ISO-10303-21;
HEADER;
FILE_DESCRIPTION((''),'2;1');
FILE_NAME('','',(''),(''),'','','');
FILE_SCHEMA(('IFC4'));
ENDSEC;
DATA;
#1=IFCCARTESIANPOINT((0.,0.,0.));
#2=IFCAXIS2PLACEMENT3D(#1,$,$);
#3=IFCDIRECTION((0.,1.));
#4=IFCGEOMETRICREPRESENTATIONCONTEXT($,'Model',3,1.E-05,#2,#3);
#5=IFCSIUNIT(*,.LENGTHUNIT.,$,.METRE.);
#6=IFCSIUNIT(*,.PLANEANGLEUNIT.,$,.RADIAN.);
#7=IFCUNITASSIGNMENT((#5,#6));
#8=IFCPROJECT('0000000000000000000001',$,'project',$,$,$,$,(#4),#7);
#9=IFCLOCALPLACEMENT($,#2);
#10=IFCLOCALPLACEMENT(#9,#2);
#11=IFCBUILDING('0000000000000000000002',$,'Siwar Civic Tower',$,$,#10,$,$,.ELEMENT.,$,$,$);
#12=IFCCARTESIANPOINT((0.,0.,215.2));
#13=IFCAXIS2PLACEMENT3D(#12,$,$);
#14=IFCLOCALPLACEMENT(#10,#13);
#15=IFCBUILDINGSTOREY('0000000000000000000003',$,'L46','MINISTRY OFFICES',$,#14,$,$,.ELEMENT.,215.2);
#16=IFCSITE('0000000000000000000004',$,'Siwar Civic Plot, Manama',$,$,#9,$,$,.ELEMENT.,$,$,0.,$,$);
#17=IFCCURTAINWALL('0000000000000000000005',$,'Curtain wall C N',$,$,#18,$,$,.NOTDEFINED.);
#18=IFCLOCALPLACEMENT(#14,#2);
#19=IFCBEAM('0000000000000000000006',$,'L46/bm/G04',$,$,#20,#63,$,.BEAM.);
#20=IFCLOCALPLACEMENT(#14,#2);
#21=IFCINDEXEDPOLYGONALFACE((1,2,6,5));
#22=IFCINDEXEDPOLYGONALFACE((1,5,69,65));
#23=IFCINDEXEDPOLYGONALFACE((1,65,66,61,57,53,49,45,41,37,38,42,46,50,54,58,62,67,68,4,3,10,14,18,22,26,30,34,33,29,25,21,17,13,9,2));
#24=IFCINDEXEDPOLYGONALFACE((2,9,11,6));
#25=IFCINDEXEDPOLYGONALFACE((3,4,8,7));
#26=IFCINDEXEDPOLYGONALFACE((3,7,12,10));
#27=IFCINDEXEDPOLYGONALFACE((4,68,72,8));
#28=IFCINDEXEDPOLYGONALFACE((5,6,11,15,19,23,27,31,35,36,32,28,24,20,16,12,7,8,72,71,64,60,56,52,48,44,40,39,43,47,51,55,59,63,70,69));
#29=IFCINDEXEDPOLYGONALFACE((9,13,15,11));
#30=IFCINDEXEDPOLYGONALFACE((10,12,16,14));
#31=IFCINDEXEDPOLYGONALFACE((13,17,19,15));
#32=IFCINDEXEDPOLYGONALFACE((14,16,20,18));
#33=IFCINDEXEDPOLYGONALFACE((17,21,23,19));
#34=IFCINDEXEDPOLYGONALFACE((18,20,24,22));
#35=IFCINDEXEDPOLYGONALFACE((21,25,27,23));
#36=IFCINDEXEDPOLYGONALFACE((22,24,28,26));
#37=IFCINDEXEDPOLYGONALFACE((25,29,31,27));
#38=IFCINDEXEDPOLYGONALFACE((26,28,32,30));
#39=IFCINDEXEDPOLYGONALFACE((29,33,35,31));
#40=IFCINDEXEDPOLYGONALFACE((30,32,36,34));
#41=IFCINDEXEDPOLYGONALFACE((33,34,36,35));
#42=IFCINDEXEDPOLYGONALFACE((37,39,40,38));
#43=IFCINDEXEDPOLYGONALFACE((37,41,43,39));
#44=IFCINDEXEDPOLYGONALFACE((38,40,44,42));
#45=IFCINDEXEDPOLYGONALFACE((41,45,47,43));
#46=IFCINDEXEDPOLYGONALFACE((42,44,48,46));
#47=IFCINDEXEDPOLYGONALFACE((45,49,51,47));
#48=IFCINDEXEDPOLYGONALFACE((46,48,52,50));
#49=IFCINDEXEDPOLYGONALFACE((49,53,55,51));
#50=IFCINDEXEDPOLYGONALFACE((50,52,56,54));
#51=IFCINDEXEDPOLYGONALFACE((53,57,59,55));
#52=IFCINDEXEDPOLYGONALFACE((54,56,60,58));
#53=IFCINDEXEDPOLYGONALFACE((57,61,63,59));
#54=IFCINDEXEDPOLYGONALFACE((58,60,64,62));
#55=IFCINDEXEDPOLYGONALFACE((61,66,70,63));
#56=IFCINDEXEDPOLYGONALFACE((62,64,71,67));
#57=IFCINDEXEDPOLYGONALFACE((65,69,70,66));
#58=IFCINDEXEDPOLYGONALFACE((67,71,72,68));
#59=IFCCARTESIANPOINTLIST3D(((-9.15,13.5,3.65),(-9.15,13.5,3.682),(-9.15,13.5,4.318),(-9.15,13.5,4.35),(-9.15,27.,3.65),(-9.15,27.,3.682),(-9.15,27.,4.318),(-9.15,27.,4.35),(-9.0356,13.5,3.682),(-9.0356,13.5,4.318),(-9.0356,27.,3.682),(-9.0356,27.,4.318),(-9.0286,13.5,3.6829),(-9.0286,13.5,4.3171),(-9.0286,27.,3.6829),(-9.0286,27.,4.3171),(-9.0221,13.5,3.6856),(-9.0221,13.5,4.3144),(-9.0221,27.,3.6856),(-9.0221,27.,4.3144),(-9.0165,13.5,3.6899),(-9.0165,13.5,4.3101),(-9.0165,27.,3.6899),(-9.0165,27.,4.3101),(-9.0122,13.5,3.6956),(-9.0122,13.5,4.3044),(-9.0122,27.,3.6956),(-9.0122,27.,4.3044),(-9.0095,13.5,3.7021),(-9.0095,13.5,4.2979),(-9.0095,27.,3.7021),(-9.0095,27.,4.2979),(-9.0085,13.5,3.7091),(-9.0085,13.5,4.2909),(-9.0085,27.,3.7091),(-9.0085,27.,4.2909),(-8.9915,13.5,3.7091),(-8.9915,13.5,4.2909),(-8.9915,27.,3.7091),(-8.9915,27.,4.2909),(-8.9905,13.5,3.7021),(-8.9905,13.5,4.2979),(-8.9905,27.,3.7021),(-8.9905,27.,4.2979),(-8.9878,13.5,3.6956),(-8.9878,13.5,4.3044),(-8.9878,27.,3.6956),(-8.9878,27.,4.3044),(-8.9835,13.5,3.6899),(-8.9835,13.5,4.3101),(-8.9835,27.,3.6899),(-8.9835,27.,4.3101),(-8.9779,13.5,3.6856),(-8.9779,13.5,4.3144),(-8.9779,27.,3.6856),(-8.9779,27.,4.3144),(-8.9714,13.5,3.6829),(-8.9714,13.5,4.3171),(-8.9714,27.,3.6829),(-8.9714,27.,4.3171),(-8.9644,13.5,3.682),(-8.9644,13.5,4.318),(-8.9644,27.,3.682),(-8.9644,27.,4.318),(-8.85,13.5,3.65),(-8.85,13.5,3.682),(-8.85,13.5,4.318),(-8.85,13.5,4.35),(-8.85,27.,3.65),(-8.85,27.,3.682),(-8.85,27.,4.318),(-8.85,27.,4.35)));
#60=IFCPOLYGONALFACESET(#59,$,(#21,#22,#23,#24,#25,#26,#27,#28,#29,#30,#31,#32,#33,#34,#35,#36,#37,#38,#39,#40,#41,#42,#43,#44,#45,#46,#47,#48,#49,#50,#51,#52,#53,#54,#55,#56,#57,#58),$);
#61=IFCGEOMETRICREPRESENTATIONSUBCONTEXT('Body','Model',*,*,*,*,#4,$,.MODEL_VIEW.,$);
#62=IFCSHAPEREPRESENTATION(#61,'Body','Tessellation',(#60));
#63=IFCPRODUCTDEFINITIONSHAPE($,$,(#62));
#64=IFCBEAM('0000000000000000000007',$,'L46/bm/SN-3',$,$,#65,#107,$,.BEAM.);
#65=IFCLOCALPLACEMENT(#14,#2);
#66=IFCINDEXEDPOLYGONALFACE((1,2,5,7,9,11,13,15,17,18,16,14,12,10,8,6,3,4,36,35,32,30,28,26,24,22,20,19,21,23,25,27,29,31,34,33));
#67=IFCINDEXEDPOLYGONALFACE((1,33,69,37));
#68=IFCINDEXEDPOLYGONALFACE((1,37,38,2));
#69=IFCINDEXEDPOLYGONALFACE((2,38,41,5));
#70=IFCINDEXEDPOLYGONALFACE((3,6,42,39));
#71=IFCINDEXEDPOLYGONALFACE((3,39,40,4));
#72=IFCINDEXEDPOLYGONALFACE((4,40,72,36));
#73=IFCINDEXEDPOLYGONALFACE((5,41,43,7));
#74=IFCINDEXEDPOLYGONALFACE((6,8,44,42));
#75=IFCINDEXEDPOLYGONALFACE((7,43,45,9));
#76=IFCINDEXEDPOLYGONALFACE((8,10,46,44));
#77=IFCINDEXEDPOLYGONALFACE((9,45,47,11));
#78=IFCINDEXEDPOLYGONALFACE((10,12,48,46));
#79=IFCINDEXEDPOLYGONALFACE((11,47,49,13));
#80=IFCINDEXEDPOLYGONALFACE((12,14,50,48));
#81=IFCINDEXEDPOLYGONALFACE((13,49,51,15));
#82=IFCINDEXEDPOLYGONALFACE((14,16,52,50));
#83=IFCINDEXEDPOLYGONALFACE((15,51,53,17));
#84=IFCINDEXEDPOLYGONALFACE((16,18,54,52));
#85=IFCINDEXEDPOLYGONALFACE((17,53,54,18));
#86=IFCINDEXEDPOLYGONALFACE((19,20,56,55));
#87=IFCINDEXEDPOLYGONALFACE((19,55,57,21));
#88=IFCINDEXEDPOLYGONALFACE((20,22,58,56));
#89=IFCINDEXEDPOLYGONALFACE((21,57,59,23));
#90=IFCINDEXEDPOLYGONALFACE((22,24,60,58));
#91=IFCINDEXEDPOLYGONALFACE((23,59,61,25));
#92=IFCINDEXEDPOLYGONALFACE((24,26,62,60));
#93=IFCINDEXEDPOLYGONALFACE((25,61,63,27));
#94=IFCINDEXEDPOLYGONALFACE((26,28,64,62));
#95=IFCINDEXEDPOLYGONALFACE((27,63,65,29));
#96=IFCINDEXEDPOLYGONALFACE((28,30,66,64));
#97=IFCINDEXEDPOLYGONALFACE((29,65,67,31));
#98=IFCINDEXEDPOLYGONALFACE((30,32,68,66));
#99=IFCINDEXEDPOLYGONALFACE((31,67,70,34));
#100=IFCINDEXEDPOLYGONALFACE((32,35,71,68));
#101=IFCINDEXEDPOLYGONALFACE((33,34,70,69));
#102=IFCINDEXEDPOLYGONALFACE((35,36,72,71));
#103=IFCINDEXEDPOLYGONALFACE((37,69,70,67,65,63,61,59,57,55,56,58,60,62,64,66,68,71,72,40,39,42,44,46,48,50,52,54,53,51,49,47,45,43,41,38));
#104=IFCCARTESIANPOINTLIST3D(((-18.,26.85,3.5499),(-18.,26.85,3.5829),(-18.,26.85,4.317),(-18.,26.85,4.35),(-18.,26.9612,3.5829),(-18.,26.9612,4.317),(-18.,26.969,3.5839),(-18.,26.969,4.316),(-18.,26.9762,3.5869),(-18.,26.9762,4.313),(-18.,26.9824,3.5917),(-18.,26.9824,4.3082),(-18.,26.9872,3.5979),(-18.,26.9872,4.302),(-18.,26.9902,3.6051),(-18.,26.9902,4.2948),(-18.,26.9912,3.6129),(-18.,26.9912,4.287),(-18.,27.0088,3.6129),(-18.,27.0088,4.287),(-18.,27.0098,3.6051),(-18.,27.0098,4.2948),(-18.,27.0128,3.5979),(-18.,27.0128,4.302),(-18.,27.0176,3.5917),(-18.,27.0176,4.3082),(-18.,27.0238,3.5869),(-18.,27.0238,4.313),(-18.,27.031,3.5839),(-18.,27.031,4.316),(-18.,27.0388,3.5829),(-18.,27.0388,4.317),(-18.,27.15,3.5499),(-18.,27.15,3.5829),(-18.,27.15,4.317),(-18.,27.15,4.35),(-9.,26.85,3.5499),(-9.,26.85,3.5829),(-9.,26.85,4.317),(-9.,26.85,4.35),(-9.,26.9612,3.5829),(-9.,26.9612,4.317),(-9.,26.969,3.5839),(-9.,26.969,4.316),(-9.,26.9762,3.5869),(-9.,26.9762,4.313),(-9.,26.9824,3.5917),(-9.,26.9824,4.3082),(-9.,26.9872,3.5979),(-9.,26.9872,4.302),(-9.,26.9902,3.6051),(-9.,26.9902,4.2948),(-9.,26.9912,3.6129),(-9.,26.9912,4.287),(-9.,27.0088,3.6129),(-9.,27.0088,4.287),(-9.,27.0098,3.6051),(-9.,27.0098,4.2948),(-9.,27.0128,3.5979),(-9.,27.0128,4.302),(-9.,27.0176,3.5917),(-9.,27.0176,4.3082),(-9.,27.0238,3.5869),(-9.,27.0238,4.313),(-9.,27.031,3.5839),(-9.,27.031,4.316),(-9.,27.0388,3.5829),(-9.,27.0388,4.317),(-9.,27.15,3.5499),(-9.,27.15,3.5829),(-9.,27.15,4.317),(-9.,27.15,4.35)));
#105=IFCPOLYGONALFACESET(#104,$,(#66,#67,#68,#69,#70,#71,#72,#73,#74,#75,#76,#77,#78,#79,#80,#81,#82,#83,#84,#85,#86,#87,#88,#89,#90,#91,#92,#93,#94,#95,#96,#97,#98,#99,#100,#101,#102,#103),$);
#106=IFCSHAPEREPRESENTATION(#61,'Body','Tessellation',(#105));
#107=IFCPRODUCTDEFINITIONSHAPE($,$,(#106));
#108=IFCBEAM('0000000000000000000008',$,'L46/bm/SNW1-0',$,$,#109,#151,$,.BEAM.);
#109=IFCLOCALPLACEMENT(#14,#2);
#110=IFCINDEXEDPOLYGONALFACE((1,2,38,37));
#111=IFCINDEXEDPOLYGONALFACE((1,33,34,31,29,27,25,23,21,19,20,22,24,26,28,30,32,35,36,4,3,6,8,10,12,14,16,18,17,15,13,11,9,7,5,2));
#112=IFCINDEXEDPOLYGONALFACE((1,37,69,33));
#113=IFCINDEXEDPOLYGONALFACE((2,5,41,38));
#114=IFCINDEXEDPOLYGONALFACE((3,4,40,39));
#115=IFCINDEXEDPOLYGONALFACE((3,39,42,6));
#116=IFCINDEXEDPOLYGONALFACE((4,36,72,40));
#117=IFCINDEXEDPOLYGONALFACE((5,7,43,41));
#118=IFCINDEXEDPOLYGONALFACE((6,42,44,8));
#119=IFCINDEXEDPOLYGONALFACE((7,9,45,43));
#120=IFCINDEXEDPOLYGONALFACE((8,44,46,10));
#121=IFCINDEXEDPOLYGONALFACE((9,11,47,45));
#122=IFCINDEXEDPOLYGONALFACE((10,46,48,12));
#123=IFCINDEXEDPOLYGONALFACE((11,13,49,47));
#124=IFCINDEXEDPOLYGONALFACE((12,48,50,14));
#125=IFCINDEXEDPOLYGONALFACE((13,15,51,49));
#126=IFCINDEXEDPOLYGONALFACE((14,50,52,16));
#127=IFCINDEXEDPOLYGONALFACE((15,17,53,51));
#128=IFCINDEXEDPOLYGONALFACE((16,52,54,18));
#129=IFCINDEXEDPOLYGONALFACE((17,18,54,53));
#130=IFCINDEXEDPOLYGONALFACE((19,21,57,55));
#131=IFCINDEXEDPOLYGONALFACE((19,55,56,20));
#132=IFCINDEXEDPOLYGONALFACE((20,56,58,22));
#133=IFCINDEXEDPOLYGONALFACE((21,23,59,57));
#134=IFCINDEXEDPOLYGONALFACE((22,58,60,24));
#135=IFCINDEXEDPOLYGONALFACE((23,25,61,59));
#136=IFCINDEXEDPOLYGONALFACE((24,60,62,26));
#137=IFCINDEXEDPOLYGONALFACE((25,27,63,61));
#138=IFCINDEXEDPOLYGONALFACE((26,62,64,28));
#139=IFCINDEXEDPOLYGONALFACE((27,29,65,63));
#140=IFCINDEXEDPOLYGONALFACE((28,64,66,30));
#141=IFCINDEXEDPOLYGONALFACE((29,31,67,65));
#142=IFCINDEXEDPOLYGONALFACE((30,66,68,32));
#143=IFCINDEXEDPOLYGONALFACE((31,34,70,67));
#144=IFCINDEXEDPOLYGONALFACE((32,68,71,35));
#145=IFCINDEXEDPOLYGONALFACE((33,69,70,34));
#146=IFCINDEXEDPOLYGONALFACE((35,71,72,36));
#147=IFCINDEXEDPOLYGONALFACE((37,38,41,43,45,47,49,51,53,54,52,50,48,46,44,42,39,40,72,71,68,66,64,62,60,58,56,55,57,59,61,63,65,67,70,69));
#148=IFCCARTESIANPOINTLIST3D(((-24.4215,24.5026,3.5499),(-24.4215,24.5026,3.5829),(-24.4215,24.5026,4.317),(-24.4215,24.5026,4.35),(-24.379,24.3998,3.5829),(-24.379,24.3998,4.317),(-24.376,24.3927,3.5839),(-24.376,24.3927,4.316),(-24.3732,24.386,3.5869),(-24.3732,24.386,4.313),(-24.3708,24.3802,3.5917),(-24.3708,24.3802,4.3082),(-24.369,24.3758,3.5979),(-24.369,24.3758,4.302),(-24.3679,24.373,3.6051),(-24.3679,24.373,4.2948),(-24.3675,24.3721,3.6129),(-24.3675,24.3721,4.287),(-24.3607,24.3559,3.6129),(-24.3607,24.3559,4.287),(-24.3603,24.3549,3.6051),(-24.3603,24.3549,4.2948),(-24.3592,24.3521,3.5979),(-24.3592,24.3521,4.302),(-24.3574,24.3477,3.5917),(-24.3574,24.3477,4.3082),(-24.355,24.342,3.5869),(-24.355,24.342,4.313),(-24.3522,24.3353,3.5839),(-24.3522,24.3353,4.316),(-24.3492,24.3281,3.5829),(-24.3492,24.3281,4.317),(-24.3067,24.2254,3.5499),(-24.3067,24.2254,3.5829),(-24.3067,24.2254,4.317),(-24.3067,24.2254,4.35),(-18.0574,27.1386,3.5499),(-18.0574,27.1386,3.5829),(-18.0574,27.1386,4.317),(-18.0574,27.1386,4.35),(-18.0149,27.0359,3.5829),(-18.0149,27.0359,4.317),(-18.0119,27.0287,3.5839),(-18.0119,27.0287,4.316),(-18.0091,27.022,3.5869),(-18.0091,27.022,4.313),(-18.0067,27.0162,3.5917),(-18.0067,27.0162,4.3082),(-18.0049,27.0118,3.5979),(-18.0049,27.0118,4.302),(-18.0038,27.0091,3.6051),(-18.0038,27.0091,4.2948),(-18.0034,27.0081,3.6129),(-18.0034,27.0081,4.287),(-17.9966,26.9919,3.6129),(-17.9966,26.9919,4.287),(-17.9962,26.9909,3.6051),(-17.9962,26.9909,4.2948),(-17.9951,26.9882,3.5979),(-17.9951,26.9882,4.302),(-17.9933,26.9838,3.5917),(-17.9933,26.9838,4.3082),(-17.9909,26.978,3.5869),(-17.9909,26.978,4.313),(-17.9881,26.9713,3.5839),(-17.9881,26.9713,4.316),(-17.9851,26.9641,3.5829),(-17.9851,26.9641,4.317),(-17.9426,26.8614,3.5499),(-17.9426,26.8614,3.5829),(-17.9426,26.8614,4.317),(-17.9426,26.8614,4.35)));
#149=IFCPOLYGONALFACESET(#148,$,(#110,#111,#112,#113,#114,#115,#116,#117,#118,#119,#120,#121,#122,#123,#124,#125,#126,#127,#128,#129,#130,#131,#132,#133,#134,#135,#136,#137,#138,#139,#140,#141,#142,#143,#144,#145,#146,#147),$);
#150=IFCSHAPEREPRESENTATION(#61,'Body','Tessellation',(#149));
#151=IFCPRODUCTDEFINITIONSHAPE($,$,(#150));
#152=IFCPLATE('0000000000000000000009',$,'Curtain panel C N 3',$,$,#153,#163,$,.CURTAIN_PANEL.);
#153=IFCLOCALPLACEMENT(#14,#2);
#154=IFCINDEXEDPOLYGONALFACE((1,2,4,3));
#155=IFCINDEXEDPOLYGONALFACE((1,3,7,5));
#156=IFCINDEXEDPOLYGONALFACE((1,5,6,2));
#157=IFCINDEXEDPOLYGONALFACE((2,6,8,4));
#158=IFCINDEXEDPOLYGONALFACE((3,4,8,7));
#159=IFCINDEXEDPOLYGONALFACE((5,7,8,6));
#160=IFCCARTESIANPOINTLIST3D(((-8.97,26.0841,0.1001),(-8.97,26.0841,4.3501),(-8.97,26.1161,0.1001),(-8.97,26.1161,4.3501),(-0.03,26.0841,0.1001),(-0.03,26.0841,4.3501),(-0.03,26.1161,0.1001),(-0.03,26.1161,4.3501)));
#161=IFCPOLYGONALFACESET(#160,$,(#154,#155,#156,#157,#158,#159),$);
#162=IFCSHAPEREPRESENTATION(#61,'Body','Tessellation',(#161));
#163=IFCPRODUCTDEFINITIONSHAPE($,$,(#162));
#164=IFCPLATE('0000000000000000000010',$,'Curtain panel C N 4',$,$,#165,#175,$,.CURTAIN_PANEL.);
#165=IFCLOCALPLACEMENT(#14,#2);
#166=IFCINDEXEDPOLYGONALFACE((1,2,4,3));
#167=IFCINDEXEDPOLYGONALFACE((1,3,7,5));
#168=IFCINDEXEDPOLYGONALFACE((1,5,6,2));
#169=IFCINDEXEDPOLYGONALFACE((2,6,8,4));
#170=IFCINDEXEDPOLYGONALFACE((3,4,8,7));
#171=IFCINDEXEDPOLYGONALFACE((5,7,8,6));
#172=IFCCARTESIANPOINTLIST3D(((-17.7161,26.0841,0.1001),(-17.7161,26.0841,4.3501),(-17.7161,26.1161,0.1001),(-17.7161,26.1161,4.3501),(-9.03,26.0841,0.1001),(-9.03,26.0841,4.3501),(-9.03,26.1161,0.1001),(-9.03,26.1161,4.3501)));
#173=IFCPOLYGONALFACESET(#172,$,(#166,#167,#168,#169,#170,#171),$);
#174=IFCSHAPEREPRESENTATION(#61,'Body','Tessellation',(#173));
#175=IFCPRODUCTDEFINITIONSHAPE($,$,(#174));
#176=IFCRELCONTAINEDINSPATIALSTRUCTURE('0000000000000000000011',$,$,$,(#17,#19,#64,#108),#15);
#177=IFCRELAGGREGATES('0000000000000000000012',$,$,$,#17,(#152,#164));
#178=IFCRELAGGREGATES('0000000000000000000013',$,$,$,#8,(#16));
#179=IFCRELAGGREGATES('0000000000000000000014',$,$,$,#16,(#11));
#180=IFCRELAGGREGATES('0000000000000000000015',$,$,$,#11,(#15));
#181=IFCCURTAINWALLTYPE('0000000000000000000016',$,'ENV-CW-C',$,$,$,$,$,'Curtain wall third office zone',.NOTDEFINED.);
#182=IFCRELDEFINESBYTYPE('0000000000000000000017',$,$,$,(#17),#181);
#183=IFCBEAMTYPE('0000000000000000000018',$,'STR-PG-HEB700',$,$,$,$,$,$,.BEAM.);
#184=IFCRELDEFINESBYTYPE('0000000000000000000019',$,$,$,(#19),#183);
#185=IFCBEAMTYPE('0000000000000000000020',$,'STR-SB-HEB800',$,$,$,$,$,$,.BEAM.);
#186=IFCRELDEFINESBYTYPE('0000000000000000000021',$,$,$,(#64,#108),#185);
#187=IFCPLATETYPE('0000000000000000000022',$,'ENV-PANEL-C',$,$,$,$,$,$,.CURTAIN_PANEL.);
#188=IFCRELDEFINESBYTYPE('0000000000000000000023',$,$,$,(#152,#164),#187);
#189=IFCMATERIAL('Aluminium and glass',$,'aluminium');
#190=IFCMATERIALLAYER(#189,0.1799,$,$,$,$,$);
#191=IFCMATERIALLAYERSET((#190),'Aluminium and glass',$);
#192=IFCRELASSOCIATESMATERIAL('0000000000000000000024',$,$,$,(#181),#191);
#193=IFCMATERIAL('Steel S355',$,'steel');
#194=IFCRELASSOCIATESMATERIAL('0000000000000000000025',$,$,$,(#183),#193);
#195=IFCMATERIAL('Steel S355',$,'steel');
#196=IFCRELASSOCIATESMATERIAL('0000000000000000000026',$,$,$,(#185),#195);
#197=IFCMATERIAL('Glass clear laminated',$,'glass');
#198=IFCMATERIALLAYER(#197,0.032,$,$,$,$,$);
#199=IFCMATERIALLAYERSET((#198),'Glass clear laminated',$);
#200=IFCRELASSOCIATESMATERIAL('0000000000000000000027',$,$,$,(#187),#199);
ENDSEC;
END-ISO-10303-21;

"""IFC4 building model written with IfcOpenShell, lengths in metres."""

from ifc_helpers import new_model, si_unit, direction, frame, origin, origin_2d, place, context, subcontext, project, spatial, rectangle, i_section, extrude, material, layer, layer_set, material_profile, profile_set, type_object, element, aggregate, save


model = new_model("IFC4")

# Units and contexts
model_context = context("Model", 3, precision=1e-05, world=origin(), true_north=direction((0.0, 1.0)))
body_context = subcontext(model_context, "Body", "Model", "MODEL_VIEW")
ifc_project = project(units=[si_unit("LENGTHUNIT", "METRE"), si_unit("PLANEANGLEUNIT", "RADIAN")], contexts=[model_context])

# Site, building, storey
site_placement = place(None, origin())
site = spatial("IfcSite", under=ifc_project, at=site_placement, Name="Siwar Civic Plot, Manama", CompositionType="ELEMENT", RefElevation=0.0)
building_placement = place(site_placement, origin())
building = spatial("IfcBuilding", under=site, at=building_placement, Name="Siwar Civic Tower", CompositionType="ELEMENT")
storey_placement = place(building_placement, frame((0.0, 0.0, 215.2)))
storey = spatial("IfcBuildingStorey", under=building, at=storey_placement, Name="L46", Description="MINISTRY OFFICES", CompositionType="ELEMENT", Elevation=215.2)

# Curtain wall
ifc_material_1 = material(Name="Aluminium and glass", Category="aluminium")
ifc_layer_1 = layer(ifc_material_1, 0.1799)
ifc_layer_set_1 = layer_set([ifc_layer_1], Name="Aluminium and glass")
curtain_wall_type_1 = type_object("IfcCurtainWallType", Name="ENV-CW-C", ElementType="Curtain wall third office zone", PredefinedType="NOTDEFINED", material=ifc_layer_set_1)
curtain_wall_1_placement = place(storey_placement, origin())
curtain_wall_1 = element("IfcCurtainWall", 1, at=curtain_wall_1_placement, inside=storey, type_object=curtain_wall_type_1, Name="Curtain wall C N", PredefinedType="NOTDEFINED")

# Beams
ifc_material_2 = material(Name="Steel S355", Category="steel")
ifc_material_profile_1 = material_profile(ifc_material_2, i_section(OverallWidth=0.3, OverallDepth=0.7, WebThickness=0.0171, FlangeThickness=0.032, FilletRadius=0.0271, at=origin_2d()), Name="HEB700")
ifc_profile_set_1 = profile_set([ifc_material_profile_1], Name="Steel S355")
beam_type_1 = type_object("IfcBeamType", Name="STR-PG-HEB700", PredefinedType="BEAM", material=ifc_profile_set_1)
for number, where, z_axis, x_axis, name in (
    (2, (-9.0, 13.5, 4.0), (0.0, 1.0, 0.0), (-1.0, 0.0, 0.0), "L46/bm/G04"),
):
    element("IfcBeam", number, at=place(storey_placement, frame(where, z_axis=z_axis, x_axis=x_axis)), inside=storey, type_object=beam_type_1, Name=name, PredefinedType="BEAM", context=body_context, shape_type="SweptSolid", body=[
        extrude(i_section(OverallWidth=0.3, OverallDepth=0.7, WebThickness=0.0171, FlangeThickness=0.032, FilletRadius=0.0271, at=origin_2d()), origin(), (0.0, 0.0, 1.0), 13.5),
    ])
ifc_material_3 = material(Name="Steel S355", Category="steel")
ifc_material_profile_2 = material_profile(ifc_material_3, i_section(OverallWidth=0.3, OverallDepth=0.8, WebThickness=0.0176, FlangeThickness=0.033, FilletRadius=0.03, at=origin_2d()), Name="HEB800")
ifc_profile_set_2 = profile_set([ifc_material_profile_2], Name="Steel S355")
beam_type_2 = type_object("IfcBeamType", Name="STR-SB-HEB800", PredefinedType="BEAM", material=ifc_profile_set_2)
beam_1_placement = place(storey_placement, frame((-9.0, 27.0, 3.95), z_axis=(-1.0, 0.0, 0.0), x_axis=(0.0, -1.0, 0.0)))
element("IfcBeam", 3, at=beam_1_placement, inside=storey, type_object=beam_type_2, Name="L46/bm/SN-3", PredefinedType="BEAM", context=body_context, shape_type="SweptSolid", body=[
    extrude(i_section(OverallWidth=0.3, OverallDepth=0.8, WebThickness=0.0176, FlangeThickness=0.033, FilletRadius=0.03, at=origin_2d()), origin(), (0.0, 0.0, 1.0), 9.0),
])
beam_2_placement = place(storey_placement, frame((-18.0, 27.0, 3.95), z_axis=(-0.923883, -0.382674, 0.0), x_axis=(0.382674, -0.923883, 0.0)))
element("IfcBeam", 4, at=beam_2_placement, inside=storey, type_object=beam_type_2, Name="L46/bm/SNW1-0", PredefinedType="BEAM", context=body_context, shape_type="SweptSolid", body=[
    extrude(i_section(OverallWidth=0.3, OverallDepth=0.8, WebThickness=0.0176, FlangeThickness=0.033, FilletRadius=0.03, at=origin_2d()), origin(), (0.0, 0.0, 1.0), 6.8884),
])

# Plates
ifc_material_4 = material(Name="Glass clear laminated", Category="glass")
ifc_layer_2 = layer(ifc_material_4, 0.032)
ifc_layer_set_2 = layer_set([ifc_layer_2], Name="Glass clear laminated")
plate_type = type_object("IfcPlateType", Name="ENV-PANEL-C", PredefinedType="CURTAIN_PANEL", material=ifc_layer_set_2)
plate_1_placement = place(storey_placement, frame((-4.5, 26.1001, 0.1001), z_axis=(0.0, 0.0, 1.0), x_axis=(-1.0, 0.0, 0.0)))
plate_1 = element("IfcPlate", 5, at=plate_1_placement, type_object=plate_type, Name="Curtain panel C N 3", PredefinedType="CURTAIN_PANEL", context=body_context, shape_type="SweptSolid", body=[
    extrude(rectangle(XDim=8.9399, YDim=0.032, at=origin_2d()), origin(), (0.0, 0.0, 1.0), 4.25),
])
plate_2_placement = place(storey_placement, frame((-13.373, 26.1001, 0.1001), z_axis=(0.0, 0.0, 1.0), x_axis=(-1.0, 0.0, 0.0)))
plate_2 = element("IfcPlate", 6, at=plate_2_placement, type_object=plate_type, Name="Curtain panel C N 4", PredefinedType="CURTAIN_PANEL", context=body_context, shape_type="SweptSolid", body=[
    extrude(rectangle(XDim=8.686, YDim=0.032, at=origin_2d()), origin(), (0.0, 0.0, 1.0), 4.25),
])
aggregate(curtain_wall_1, [plate_1, plate_2])

save(model, "model.ifc")
